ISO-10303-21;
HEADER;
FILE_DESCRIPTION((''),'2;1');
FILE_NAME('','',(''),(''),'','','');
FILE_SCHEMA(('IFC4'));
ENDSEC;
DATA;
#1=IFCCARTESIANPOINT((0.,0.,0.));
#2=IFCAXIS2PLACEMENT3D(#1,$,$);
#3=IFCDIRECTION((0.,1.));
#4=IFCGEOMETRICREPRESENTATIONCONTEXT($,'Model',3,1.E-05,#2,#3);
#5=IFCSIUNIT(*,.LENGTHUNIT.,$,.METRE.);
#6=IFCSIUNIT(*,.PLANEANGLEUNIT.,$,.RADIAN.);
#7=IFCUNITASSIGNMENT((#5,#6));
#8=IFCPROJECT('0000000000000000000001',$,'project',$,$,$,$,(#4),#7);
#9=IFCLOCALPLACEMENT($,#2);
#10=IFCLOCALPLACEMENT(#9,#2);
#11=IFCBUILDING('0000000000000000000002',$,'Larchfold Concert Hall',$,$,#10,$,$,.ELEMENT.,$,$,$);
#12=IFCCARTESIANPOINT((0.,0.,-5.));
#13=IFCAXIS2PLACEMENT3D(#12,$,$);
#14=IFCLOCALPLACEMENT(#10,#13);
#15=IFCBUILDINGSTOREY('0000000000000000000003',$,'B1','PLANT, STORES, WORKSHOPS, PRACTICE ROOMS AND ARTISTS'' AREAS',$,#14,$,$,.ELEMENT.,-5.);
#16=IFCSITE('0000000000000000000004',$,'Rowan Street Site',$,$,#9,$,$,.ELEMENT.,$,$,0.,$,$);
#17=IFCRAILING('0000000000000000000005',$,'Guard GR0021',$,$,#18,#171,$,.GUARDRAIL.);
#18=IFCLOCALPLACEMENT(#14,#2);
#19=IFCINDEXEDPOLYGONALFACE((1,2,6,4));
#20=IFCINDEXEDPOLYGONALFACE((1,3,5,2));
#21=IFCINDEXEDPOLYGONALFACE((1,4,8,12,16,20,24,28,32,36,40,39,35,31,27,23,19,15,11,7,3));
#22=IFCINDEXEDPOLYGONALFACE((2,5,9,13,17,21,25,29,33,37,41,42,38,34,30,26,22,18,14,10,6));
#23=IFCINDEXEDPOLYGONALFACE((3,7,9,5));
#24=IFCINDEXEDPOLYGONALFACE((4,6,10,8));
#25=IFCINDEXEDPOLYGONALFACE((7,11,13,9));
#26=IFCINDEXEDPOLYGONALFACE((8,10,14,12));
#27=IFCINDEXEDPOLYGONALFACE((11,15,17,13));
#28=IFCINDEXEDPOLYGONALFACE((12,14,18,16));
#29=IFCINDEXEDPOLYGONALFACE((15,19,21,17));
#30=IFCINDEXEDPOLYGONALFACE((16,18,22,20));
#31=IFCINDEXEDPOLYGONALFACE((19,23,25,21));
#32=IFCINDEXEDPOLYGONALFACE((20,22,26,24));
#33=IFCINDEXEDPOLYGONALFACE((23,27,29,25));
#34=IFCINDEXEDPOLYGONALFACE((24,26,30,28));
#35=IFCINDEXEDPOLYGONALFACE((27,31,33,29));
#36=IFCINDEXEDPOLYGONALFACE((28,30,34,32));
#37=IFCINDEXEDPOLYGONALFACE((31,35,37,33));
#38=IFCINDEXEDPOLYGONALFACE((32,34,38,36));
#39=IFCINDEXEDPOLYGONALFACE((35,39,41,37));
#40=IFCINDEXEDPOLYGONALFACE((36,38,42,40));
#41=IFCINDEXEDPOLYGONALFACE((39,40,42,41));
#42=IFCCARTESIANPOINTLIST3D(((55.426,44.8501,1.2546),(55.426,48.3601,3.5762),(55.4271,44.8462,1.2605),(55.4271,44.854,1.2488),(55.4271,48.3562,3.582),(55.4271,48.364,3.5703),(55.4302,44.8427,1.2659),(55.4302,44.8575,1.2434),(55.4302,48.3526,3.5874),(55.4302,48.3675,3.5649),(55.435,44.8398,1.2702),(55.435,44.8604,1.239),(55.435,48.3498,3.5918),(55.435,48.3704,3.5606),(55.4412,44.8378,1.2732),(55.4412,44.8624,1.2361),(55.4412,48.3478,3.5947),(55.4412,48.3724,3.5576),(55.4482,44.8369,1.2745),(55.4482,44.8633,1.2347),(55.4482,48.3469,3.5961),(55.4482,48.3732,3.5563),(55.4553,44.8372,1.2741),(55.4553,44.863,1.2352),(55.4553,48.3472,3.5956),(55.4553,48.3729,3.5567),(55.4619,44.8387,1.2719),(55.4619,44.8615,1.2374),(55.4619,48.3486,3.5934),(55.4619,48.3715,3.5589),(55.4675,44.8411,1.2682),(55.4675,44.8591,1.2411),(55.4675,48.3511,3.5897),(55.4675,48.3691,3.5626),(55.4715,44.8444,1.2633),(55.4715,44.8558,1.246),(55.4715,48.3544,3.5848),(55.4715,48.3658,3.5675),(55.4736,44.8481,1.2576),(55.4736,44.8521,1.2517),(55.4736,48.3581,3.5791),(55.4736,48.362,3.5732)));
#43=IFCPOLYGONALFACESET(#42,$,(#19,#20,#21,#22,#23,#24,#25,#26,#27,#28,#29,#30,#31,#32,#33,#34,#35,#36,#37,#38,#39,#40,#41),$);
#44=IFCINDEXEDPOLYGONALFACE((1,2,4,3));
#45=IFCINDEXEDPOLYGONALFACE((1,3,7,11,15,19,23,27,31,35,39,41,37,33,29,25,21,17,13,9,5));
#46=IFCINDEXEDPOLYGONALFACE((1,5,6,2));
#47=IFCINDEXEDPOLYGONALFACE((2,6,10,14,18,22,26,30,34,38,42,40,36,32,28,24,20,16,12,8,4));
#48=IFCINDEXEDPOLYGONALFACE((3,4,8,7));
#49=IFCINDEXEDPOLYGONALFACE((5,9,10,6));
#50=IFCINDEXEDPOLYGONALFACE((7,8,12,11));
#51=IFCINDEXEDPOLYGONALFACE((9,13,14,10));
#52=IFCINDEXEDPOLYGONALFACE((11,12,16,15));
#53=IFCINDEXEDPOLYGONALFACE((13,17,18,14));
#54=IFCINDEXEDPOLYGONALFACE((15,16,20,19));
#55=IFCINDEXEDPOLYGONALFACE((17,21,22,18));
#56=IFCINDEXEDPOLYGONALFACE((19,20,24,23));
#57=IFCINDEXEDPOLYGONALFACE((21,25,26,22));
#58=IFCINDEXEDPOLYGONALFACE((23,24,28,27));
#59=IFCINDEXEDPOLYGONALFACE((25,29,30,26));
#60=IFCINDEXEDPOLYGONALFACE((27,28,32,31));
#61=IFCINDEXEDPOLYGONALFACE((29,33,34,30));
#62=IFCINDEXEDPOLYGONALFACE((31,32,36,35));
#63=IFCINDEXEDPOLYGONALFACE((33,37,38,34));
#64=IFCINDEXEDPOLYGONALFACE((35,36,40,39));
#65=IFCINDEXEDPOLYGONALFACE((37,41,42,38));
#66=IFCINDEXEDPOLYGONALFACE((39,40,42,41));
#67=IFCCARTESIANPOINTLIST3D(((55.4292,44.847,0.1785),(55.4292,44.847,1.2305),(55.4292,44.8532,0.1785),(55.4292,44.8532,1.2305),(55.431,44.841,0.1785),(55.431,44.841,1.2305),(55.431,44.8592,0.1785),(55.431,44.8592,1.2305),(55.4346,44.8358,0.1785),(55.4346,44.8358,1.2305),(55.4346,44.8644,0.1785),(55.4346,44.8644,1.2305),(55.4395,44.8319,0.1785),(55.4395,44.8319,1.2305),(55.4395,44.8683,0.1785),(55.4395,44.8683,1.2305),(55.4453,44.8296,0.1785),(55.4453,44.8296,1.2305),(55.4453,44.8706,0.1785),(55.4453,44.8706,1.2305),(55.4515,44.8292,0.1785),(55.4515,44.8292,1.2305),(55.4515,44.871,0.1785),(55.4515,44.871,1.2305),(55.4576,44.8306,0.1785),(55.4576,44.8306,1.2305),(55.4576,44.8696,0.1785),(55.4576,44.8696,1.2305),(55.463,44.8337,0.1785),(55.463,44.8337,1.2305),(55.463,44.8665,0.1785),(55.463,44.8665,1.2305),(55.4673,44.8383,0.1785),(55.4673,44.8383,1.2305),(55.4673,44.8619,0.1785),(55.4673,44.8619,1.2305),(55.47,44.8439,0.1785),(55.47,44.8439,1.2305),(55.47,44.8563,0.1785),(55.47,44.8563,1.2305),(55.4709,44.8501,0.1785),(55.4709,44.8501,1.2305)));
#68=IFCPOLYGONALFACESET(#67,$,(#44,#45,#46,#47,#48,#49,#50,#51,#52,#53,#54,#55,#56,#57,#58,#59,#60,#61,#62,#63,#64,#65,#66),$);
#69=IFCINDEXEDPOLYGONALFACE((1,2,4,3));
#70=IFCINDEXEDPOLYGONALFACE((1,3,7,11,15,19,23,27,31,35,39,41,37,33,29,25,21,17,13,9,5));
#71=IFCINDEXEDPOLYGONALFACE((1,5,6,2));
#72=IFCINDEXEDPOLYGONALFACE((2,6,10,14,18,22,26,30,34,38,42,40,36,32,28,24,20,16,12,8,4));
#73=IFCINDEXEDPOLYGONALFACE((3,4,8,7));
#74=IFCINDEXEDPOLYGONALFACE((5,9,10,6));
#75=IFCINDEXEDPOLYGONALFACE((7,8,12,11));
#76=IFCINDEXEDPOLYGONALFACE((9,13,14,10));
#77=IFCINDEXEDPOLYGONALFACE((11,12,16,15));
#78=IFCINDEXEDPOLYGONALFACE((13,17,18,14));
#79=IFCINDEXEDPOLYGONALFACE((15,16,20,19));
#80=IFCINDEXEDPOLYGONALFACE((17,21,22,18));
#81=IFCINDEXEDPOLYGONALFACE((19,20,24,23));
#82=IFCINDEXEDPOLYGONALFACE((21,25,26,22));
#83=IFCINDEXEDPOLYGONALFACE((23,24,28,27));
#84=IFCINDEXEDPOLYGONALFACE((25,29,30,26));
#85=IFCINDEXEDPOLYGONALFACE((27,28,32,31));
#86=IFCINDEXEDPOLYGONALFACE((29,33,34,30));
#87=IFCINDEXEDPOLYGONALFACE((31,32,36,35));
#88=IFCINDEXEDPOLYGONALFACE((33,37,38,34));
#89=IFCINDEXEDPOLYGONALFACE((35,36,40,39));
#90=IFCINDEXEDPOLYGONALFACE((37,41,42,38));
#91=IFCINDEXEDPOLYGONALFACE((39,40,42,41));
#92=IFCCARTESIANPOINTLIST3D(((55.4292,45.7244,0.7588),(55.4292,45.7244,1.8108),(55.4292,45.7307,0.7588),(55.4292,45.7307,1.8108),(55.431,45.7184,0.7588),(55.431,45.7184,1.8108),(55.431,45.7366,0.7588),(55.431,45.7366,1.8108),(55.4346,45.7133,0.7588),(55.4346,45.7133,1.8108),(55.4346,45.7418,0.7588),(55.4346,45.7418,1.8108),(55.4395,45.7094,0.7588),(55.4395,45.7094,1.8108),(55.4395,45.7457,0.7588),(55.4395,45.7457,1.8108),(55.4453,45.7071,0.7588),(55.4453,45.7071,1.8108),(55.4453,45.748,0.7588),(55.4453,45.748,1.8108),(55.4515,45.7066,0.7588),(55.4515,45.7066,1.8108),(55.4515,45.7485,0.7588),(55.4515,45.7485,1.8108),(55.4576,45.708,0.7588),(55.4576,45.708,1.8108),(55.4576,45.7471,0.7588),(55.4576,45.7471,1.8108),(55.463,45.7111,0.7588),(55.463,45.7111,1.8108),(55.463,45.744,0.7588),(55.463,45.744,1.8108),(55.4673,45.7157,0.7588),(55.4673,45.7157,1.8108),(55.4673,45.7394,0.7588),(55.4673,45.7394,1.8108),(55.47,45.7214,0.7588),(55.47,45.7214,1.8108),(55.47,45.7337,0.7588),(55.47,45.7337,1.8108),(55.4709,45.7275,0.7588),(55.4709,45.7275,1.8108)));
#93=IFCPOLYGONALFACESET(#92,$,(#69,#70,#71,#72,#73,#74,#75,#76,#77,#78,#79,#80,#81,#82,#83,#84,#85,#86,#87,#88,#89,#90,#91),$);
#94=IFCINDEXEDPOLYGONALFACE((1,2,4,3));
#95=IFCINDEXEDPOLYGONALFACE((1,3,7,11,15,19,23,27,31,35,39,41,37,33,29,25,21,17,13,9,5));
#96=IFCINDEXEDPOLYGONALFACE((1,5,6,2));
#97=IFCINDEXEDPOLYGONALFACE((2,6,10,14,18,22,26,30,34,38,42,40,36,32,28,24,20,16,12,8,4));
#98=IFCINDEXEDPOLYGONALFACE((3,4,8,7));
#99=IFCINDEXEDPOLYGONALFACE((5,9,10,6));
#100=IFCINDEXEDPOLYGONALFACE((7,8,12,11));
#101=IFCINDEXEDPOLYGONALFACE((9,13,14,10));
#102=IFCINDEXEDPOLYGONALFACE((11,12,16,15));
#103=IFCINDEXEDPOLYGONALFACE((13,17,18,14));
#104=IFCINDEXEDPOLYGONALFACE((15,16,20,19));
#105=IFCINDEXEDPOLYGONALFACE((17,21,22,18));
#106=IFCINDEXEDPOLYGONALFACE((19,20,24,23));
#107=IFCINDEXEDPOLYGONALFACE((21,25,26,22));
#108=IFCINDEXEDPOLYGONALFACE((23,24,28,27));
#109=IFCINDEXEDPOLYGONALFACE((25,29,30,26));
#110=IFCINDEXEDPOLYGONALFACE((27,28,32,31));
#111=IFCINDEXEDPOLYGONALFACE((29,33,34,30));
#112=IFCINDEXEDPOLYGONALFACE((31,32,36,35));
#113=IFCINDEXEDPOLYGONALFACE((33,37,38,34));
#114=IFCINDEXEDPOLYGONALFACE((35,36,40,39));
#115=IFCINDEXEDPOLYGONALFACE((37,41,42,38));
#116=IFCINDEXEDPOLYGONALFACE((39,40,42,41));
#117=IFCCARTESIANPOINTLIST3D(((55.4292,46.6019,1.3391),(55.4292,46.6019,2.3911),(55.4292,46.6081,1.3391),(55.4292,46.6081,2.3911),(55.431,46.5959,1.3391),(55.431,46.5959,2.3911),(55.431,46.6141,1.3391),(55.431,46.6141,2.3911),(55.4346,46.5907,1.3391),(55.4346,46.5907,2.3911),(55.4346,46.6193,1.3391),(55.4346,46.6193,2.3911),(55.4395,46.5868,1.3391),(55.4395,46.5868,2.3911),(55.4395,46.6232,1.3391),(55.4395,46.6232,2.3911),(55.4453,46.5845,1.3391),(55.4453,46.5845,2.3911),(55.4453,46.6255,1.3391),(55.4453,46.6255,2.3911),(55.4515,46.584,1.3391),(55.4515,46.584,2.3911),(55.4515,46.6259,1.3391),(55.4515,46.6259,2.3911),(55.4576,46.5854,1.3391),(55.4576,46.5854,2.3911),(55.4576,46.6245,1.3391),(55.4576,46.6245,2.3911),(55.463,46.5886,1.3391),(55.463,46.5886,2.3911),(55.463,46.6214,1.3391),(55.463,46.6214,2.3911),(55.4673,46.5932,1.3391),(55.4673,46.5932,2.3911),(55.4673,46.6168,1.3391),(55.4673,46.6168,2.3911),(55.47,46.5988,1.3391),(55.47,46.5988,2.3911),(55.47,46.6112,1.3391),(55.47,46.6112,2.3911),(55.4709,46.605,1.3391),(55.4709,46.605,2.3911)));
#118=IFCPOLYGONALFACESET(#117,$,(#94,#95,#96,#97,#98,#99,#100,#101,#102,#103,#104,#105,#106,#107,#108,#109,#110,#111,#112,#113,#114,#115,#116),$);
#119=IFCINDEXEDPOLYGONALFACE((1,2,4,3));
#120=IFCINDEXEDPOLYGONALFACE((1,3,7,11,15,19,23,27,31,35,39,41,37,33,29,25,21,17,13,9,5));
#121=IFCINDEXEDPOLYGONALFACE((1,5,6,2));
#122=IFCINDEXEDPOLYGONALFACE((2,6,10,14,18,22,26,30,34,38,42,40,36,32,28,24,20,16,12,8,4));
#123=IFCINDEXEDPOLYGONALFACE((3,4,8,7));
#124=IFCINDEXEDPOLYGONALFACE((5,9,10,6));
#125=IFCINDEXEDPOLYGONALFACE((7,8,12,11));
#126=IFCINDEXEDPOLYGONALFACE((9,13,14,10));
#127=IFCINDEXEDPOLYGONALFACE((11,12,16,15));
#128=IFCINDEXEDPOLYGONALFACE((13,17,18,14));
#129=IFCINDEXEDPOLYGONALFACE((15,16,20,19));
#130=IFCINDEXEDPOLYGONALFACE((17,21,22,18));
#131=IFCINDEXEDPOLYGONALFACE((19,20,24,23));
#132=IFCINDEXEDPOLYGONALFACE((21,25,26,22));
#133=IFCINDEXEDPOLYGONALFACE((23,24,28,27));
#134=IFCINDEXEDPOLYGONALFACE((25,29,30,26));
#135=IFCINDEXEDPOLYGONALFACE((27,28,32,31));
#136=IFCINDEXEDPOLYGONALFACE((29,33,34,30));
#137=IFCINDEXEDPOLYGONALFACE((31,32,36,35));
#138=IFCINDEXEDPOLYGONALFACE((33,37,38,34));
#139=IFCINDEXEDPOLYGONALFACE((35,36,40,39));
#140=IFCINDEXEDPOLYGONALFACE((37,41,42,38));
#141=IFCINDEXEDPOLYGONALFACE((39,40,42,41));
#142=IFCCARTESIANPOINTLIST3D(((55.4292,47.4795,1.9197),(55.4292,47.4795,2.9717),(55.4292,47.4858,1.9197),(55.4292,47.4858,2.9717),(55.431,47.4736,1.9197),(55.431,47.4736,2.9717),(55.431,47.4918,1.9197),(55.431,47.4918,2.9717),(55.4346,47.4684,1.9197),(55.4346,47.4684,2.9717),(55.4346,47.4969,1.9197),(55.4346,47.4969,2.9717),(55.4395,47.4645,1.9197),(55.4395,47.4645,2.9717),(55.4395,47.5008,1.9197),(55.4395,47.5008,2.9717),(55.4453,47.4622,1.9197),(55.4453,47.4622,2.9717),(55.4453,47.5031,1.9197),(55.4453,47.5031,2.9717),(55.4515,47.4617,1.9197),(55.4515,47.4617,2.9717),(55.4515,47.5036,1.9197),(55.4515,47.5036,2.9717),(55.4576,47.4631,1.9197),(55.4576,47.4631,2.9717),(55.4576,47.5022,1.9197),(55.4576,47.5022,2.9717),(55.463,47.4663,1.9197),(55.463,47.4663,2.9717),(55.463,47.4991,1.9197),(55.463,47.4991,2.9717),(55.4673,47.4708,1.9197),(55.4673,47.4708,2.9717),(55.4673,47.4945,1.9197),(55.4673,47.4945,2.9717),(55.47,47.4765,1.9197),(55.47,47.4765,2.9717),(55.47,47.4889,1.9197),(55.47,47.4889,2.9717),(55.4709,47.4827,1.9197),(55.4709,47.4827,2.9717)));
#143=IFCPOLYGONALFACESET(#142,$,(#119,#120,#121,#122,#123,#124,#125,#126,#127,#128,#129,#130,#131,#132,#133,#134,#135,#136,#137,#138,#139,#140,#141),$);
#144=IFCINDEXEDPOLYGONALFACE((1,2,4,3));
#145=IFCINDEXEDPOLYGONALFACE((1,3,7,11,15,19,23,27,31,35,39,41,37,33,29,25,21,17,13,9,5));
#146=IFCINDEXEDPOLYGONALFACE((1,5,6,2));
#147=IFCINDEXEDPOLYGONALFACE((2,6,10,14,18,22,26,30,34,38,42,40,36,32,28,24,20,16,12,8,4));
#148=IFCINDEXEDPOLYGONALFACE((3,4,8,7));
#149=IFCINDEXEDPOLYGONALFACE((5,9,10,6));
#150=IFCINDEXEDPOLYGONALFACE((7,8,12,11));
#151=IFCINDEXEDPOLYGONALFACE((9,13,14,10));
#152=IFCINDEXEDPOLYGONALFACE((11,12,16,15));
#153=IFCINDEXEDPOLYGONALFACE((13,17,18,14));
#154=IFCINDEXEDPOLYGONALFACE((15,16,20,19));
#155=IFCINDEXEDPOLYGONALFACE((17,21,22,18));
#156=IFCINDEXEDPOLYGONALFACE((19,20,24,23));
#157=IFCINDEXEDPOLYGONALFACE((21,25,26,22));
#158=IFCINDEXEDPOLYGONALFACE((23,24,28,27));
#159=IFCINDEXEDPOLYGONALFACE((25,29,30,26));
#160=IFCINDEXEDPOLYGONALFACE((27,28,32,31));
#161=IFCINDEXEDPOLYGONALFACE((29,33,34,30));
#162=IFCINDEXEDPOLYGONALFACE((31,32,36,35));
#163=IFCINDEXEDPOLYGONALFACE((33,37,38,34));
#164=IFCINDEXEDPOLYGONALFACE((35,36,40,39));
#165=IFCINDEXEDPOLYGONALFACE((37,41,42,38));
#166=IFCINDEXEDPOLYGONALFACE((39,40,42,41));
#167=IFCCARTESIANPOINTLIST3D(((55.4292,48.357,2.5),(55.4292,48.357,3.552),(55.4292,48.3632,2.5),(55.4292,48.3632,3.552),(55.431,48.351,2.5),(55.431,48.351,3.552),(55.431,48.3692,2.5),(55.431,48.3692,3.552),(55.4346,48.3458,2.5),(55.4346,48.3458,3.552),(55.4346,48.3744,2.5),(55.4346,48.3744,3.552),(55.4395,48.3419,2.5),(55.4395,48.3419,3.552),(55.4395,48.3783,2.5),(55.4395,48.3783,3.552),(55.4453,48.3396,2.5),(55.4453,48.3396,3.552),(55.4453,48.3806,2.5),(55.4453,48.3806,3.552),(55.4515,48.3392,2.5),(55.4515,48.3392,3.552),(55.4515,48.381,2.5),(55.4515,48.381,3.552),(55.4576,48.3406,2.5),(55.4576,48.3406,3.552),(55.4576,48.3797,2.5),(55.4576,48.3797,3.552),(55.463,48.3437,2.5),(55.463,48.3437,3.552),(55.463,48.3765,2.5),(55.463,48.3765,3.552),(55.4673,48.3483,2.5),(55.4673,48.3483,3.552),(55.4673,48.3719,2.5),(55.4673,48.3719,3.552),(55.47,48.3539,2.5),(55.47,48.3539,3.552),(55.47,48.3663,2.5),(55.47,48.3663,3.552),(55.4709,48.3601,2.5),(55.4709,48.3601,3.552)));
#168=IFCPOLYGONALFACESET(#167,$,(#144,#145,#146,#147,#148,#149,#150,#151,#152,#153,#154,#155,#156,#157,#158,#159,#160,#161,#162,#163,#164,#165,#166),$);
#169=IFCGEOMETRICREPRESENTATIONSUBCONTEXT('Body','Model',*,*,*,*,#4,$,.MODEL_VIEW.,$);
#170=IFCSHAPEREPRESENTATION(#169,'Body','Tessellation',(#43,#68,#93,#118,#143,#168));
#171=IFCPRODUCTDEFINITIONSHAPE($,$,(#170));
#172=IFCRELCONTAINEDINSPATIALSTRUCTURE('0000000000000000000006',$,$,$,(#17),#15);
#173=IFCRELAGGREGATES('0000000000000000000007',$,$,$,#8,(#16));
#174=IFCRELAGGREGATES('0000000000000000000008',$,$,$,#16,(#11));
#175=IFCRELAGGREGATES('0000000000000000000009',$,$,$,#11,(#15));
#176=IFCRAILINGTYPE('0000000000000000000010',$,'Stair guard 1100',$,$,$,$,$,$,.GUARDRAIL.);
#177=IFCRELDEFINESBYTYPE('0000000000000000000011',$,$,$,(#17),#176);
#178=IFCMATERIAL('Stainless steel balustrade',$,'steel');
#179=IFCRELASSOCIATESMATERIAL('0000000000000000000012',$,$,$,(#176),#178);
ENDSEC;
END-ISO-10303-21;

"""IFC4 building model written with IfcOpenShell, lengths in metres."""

from ifc_helpers import new_model, si_unit, direction, frame, origin, origin_2d, place, context, subcontext, project, spatial, circle, extrude, material, type_object, element, save


model = new_model("IFC4")

# Units and contexts
model_context = context("Model", 3, precision=1e-05, world=origin(), true_north=direction((0.0, 1.0)))
body_context = subcontext(model_context, "Body", "Model", "MODEL_VIEW")
ifc_project = project(units=[si_unit("LENGTHUNIT", "METRE"), si_unit("PLANEANGLEUNIT", "RADIAN")], contexts=[model_context])

# Site, building, storey
site_placement = place(None, origin())
site = spatial("IfcSite", under=ifc_project, at=site_placement, Name="Rowan Street Site", CompositionType="ELEMENT", RefElevation=0.0)
building_placement = place(site_placement, origin())
building = spatial("IfcBuilding", under=site, at=building_placement, Name="Larchfold Concert Hall", CompositionType="ELEMENT")
storey_placement = place(building_placement, frame((0.0, 0.0, -5.0)))
storey = spatial("IfcBuildingStorey", under=building, at=storey_placement, Name="B1", Description="PLANT, STORES, WORKSHOPS, PRACTICE ROOMS AND ARTISTS' AREAS", CompositionType="ELEMENT", Elevation=-5.0)

# Railing
ifc_material_1 = material(Name="Stainless steel balustrade", Category="steel")
railing_type_1 = type_object("IfcRailingType", Name="Stair guard 1100", PredefinedType="GUARDRAIL", material=ifc_material_1)
railing_1_placement = place(storey_placement, frame((55.45, 44.8501, 0.1785)))
element("IfcRailing", 1, at=railing_1_placement, inside=storey, type_object=railing_type_1, Name="Guard GR0021", PredefinedType="GUARDRAIL", context=body_context, shape_type="SweptSolid", body=[
    extrude(circle(Radius=0.0239, at=origin_2d()), frame((0.0, 0.0, 1.0762), z_axis=(0.0, 0.834071, 0.551657), x_axis=(-1.0, 0.0, 0.0)), (0.0, 0.0, 1.0), 4.2083),
    extrude(circle(Radius=0.021, at=origin_2d()), origin(), (0.0, 0.0, 1.0), 1.052),
    extrude(circle(Radius=0.021, at=origin_2d()), frame((0.0, 0.8774, 0.5803)), (0.0, 0.0, 1.0), 1.052),
    extrude(circle(Radius=0.021, at=origin_2d()), frame((0.0, 1.7549, 1.1606)), (0.0, 0.0, 1.0), 1.052),
    extrude(circle(Radius=0.021, at=origin_2d()), frame((0.0, 2.6326, 1.7412)), (0.0, 0.0, 1.0), 1.052),
    extrude(circle(Radius=0.021, at=origin_2d()), frame((0.0, 3.51, 2.3215)), (0.0, 0.0, 1.0), 1.052),
])

save(model, "model.ifc")
